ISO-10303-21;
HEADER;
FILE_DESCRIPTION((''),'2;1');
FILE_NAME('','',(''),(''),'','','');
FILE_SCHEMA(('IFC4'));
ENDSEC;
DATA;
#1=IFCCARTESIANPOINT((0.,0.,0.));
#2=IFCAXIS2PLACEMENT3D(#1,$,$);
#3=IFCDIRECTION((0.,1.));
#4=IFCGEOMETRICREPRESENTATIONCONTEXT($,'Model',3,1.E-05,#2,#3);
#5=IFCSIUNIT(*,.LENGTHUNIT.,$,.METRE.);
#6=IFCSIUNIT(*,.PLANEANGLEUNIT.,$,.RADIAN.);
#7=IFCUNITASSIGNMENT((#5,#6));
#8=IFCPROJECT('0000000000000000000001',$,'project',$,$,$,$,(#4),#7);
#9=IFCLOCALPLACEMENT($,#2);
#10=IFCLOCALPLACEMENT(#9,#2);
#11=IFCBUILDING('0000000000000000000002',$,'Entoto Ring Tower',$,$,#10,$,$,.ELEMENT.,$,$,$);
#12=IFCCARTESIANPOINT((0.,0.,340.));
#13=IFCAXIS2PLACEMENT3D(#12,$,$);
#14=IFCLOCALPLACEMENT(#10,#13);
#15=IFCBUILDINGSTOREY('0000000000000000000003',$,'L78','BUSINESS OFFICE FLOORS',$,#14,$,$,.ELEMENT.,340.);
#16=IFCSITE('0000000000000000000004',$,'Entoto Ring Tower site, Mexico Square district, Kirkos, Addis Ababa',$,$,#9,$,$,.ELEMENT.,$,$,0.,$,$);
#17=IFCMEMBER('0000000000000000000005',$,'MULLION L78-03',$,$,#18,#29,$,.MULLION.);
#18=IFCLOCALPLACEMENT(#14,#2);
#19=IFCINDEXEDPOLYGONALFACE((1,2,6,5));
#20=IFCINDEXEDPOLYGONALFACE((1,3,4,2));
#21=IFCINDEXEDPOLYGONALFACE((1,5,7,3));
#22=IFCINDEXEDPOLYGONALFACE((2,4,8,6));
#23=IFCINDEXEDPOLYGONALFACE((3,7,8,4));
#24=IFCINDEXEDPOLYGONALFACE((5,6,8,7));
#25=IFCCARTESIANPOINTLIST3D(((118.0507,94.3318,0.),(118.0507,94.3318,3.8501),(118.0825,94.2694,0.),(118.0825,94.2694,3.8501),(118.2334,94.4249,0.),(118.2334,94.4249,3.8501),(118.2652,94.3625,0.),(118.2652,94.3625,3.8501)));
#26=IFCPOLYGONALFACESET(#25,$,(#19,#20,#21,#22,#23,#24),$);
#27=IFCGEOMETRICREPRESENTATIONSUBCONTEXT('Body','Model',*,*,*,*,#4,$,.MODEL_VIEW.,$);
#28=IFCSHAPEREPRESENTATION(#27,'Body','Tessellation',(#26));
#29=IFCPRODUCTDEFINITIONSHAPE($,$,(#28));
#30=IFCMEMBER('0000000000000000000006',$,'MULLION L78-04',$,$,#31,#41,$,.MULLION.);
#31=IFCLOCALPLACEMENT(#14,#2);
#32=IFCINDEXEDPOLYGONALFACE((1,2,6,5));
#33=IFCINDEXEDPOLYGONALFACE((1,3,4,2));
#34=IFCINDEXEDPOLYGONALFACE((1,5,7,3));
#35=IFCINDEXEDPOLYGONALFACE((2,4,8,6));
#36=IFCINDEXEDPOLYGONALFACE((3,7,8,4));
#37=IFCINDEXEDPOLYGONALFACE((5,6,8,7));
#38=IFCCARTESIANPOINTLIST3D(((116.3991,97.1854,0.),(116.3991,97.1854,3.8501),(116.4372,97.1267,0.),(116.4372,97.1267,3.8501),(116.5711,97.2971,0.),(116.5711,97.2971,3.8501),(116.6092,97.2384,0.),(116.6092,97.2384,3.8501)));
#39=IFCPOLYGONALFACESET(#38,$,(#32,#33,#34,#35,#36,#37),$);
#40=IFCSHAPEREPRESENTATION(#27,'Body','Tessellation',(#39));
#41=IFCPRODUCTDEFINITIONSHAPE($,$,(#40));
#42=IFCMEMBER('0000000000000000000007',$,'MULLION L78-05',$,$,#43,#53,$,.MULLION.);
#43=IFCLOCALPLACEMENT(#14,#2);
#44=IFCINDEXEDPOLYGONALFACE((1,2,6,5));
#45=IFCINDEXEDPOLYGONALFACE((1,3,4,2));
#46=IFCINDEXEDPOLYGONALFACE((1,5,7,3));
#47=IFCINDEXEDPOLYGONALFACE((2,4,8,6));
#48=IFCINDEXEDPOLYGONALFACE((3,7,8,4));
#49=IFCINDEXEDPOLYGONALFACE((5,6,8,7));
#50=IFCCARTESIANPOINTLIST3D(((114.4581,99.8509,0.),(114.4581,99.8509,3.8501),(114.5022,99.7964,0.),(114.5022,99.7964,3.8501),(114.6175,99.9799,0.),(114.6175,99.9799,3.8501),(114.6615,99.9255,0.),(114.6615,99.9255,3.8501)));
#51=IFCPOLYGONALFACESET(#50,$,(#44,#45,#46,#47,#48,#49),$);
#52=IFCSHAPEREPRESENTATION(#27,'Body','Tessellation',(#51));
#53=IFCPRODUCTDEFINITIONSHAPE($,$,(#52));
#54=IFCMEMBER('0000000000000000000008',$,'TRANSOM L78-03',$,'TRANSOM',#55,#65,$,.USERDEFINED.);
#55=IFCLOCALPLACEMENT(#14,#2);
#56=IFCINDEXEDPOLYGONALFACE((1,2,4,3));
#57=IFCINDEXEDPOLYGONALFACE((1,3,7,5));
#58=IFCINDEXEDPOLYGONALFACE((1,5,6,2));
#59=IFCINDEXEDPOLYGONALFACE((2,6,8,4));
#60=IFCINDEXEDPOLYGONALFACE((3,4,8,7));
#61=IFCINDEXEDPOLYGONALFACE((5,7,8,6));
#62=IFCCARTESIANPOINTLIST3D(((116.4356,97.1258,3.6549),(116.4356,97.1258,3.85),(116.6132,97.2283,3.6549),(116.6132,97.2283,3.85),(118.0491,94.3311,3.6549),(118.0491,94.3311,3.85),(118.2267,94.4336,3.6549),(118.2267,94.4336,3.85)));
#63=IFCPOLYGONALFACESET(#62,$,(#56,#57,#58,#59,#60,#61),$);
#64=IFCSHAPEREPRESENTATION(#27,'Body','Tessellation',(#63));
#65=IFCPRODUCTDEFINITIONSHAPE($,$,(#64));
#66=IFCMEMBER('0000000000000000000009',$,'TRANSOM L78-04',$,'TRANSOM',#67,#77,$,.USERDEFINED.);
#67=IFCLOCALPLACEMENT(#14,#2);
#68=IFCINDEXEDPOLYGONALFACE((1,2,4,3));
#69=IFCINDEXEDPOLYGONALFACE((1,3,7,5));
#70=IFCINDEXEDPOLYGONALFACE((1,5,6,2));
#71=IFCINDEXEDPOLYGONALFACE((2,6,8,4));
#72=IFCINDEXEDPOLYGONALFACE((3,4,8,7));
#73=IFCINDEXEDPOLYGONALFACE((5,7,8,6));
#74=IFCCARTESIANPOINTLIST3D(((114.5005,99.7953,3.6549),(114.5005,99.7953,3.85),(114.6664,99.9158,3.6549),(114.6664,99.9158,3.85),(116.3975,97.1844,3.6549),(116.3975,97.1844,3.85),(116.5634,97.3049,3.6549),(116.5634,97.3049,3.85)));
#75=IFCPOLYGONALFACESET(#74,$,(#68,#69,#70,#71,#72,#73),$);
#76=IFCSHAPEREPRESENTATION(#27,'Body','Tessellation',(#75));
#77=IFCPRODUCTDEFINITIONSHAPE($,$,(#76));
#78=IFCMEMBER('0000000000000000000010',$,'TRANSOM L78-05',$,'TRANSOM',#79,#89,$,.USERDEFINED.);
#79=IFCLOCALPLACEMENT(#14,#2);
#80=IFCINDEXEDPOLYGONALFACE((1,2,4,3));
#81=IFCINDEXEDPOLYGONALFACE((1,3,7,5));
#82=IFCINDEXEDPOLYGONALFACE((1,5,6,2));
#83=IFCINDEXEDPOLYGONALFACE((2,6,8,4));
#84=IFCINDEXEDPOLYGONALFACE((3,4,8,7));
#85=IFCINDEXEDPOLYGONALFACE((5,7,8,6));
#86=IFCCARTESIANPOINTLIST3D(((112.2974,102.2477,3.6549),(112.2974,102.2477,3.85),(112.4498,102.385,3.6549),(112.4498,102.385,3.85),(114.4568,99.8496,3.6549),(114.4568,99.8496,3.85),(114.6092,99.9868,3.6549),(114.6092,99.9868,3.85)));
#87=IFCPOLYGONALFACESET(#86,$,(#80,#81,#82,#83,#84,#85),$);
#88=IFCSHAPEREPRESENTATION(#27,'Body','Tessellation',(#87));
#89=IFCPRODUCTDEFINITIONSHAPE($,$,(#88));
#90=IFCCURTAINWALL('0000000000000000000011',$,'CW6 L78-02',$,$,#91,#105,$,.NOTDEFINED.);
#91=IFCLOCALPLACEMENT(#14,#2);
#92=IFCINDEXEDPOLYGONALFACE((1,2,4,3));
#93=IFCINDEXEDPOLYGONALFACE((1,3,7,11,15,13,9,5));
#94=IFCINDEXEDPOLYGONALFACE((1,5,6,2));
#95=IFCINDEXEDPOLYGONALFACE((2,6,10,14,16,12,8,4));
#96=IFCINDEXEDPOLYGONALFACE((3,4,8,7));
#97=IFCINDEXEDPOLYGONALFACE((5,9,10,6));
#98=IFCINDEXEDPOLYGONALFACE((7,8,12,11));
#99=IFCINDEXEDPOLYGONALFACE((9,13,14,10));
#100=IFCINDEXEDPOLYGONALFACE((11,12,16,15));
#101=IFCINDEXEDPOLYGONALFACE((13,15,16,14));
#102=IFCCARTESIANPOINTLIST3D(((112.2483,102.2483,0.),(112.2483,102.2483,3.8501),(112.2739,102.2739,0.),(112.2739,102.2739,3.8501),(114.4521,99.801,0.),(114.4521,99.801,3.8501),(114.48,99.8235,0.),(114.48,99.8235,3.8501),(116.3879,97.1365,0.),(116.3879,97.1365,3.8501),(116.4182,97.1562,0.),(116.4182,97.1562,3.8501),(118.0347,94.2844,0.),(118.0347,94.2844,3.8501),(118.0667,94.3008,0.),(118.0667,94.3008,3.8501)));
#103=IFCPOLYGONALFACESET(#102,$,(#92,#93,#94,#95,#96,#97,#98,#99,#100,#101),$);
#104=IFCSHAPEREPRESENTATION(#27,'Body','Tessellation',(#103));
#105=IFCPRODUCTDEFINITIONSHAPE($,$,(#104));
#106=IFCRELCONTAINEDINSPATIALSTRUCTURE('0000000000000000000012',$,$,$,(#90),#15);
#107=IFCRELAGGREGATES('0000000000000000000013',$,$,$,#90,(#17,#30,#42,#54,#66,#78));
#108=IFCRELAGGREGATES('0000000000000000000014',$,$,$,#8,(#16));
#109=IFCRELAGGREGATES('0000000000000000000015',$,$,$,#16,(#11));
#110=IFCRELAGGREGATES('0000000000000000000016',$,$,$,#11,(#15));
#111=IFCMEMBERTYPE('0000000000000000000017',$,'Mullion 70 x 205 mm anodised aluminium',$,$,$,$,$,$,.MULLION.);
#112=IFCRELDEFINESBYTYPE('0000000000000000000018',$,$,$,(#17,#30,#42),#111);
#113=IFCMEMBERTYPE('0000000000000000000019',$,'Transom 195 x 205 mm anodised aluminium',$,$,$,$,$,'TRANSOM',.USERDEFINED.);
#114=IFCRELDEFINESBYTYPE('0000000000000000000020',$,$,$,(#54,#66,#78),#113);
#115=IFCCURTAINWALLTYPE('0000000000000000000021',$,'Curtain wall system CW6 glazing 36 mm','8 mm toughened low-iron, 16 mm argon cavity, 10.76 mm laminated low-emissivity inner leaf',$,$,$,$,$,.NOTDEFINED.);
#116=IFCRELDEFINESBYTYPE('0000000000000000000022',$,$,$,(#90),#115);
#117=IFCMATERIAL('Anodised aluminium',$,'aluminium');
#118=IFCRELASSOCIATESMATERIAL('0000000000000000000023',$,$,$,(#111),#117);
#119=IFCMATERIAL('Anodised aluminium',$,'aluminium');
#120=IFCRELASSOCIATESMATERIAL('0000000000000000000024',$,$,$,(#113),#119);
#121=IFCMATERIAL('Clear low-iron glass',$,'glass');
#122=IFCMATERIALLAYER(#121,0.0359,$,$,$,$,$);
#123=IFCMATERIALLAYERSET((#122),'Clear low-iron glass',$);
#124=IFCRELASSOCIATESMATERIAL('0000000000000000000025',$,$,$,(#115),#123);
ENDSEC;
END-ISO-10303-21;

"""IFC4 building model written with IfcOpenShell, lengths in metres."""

from ifc_helpers import new_model, si_unit, direction, frame, origin, origin_2d, place, context, subcontext, project, spatial, polyline, rectangle, outline, extrude, material, layer, layer_set, material_profile, profile_set, type_object, element, aggregate, save


model = new_model("IFC4")

# Units and contexts
model_context = context("Model", 3, precision=1e-05, world=origin(), true_north=direction((0.0, 1.0)))
body_context = subcontext(model_context, "Body", "Model", "MODEL_VIEW")
ifc_project = project(units=[si_unit("LENGTHUNIT", "METRE"), si_unit("PLANEANGLEUNIT", "RADIAN")], contexts=[model_context])

# Members
ifc_material_1 = material(Name="Anodised aluminium", Category="aluminium")
ifc_material_profile_1 = material_profile(ifc_material_1, rectangle(XDim=0.0701, YDim=0.2051, at=origin_2d()), Name="Mullion 70 x 205 mm anodised aluminium")
ifc_profile_set_1 = profile_set([ifc_material_profile_1], Name="Anodised aluminium")
member_type_1 = type_object("IfcMemberType", Name="Mullion 70 x 205 mm anodised aluminium", PredefinedType="MULLION", material=ifc_profile_set_1)
site_placement = place(None, origin())
building_placement = place(site_placement, origin())
storey_placement = place(building_placement, frame((0.0, 0.0, 340.0)))
member_1_placement = place(storey_placement, frame((118.158, 94.3472, 0.0), z_axis=(0.0, 0.0, 1.0), x_axis=(-0.45399, 0.891007, 0.0)))
member_1 = element("IfcMember", 1, at=member_1_placement, type_object=member_type_1, Name="MULLION L78-03", PredefinedType="MULLION", context=body_context, shape_type="SweptSolid", body=[
    extrude(rectangle(XDim=0.0701, YDim=0.2051, at=origin_2d()), origin(), (0.0, 0.0, 1.0), 3.8501),
])
member_2_placement = place(storey_placement, frame((116.5042, 97.2119, 0.0), z_axis=(0.0, 0.0, 1.0), x_axis=(-0.544639, 0.838671, 0.0)))
member_2 = element("IfcMember", 2, at=member_2_placement, type_object=member_type_1, Name="MULLION L78-04", PredefinedType="MULLION", context=body_context, shape_type="SweptSolid", body=[
    extrude(rectangle(XDim=0.0701, YDim=0.2051, at=origin_2d()), origin(), (0.0, 0.0, 1.0), 3.8501),
])
member_3_placement = place(storey_placement, frame((114.5598, 99.8882, 0.0), z_axis=(0.0, 0.0, 1.0), x_axis=(-0.62932, 0.777146, 0.0)))
member_3 = element("IfcMember", 3, at=member_3_placement, type_object=member_type_1, Name="MULLION L78-05", PredefinedType="MULLION", context=body_context, shape_type="SweptSolid", body=[
    extrude(rectangle(XDim=0.0701, YDim=0.2051, at=origin_2d()), origin(), (0.0, 0.0, 1.0), 3.8501),
])
ifc_material_2 = material(Name="Anodised aluminium", Category="aluminium")
ifc_material_profile_2 = material_profile(ifc_material_2, rectangle(XDim=0.2051, YDim=0.1951, at=origin_2d()), Name="Transom 195 x 205 mm anodised aluminium")
ifc_profile_set_2 = profile_set([ifc_material_profile_2], Name="Anodised aluminium")
member_type_2 = type_object("IfcMemberType", Name="Transom 195 x 205 mm anodised aluminium", ElementType="TRANSOM", PredefinedType="USERDEFINED", material=ifc_profile_set_2)
member_4_placement = place(storey_placement, frame((118.1379, 94.3823, 3.7524), z_axis=(-0.500004, 0.866023, 0.0), x_axis=(-0.866023, -0.500004, 0.0)))
member_4 = element("IfcMember", 4, at=member_4_placement, type_object=member_type_2, Name="TRANSOM L78-03", ObjectType="TRANSOM", PredefinedType="USERDEFINED", context=body_context, shape_type="SweptSolid", body=[
    extrude(rectangle(XDim=0.2051, YDim=0.1951, at=origin_2d()), origin(), (0.0, 0.0, 1.0), 3.2271),
])
member_5_placement = place(storey_placement, frame((116.4805, 97.2446, 3.7524), z_axis=(-0.587803, 0.809004, 0.0), x_axis=(-0.809004, -0.587803, 0.0)))
member_5 = element("IfcMember", 5, at=member_5_placement, type_object=member_type_2, Name="TRANSOM L78-04", ObjectType="TRANSOM", PredefinedType="USERDEFINED", context=body_context, shape_type="SweptSolid", body=[
    extrude(rectangle(XDim=0.2051, YDim=0.1951, at=origin_2d()), origin(), (0.0, 0.0, 1.0), 3.2273),
])
member_6_placement = place(storey_placement, frame((114.533, 99.9182, 3.7524), z_axis=(-0.669144, 0.743132, 0.0), x_axis=(-0.743132, -0.669144, 0.0)))
member_6 = element("IfcMember", 6, at=member_6_placement, type_object=member_type_2, Name="TRANSOM L78-05", ObjectType="TRANSOM", PredefinedType="USERDEFINED", context=body_context, shape_type="SweptSolid", body=[
    extrude(rectangle(XDim=0.2051, YDim=0.1951, at=origin_2d()), origin(), (0.0, 0.0, 1.0), 3.2271),
])

# Site, building, storey
site = spatial("IfcSite", under=ifc_project, at=site_placement, Name="Entoto Ring Tower site, Mexico Square district, Kirkos, Addis Ababa", CompositionType="ELEMENT", RefElevation=0.0)
building = spatial("IfcBuilding", under=site, at=building_placement, Name="Entoto Ring Tower", CompositionType="ELEMENT")
storey = spatial("IfcBuildingStorey", under=building, at=storey_placement, Name="L78", Description="BUSINESS OFFICE FLOORS", CompositionType="ELEMENT", Elevation=340.0)

# Curtain wall
ifc_material_3 = material(Name="Clear low-iron glass", Category="glass")
ifc_layer_1 = layer(ifc_material_3, 0.0359)
ifc_layer_set_1 = layer_set([ifc_layer_1], Name="Clear low-iron glass")
curtain_wall_type = type_object("IfcCurtainWallType", Name="Curtain wall system CW6 glazing 36 mm", Description="8 mm toughened low-iron, 16 mm argon cavity, 10.76 mm laminated low-emissivity inner leaf", PredefinedType="NOTDEFINED", material=ifc_layer_set_1)
curtain_wall_1_placement = place(storey_placement, origin())
curtain_wall_1 = element("IfcCurtainWall", 7, at=curtain_wall_1_placement, inside=storey, type_object=curtain_wall_type, Name="CW6 L78-02", PredefinedType="NOTDEFINED", context=body_context, shape_type="SweptSolid", body=[
    extrude(outline(polyline([(118.0667, 94.3008), (116.4182, 97.1562), (114.48, 99.8235), (112.2739, 102.2739), (112.2483, 102.2483), (114.4521, 99.801), (116.3879, 97.1365), (118.0347, 94.2844), (118.0667, 94.3008)])), origin(), (0.0, 0.0, 1.0), 3.8501),
])
aggregate(curtain_wall_1, [member_1, member_2, member_3, member_4, member_5, member_6])

save(model, "model.ifc")
